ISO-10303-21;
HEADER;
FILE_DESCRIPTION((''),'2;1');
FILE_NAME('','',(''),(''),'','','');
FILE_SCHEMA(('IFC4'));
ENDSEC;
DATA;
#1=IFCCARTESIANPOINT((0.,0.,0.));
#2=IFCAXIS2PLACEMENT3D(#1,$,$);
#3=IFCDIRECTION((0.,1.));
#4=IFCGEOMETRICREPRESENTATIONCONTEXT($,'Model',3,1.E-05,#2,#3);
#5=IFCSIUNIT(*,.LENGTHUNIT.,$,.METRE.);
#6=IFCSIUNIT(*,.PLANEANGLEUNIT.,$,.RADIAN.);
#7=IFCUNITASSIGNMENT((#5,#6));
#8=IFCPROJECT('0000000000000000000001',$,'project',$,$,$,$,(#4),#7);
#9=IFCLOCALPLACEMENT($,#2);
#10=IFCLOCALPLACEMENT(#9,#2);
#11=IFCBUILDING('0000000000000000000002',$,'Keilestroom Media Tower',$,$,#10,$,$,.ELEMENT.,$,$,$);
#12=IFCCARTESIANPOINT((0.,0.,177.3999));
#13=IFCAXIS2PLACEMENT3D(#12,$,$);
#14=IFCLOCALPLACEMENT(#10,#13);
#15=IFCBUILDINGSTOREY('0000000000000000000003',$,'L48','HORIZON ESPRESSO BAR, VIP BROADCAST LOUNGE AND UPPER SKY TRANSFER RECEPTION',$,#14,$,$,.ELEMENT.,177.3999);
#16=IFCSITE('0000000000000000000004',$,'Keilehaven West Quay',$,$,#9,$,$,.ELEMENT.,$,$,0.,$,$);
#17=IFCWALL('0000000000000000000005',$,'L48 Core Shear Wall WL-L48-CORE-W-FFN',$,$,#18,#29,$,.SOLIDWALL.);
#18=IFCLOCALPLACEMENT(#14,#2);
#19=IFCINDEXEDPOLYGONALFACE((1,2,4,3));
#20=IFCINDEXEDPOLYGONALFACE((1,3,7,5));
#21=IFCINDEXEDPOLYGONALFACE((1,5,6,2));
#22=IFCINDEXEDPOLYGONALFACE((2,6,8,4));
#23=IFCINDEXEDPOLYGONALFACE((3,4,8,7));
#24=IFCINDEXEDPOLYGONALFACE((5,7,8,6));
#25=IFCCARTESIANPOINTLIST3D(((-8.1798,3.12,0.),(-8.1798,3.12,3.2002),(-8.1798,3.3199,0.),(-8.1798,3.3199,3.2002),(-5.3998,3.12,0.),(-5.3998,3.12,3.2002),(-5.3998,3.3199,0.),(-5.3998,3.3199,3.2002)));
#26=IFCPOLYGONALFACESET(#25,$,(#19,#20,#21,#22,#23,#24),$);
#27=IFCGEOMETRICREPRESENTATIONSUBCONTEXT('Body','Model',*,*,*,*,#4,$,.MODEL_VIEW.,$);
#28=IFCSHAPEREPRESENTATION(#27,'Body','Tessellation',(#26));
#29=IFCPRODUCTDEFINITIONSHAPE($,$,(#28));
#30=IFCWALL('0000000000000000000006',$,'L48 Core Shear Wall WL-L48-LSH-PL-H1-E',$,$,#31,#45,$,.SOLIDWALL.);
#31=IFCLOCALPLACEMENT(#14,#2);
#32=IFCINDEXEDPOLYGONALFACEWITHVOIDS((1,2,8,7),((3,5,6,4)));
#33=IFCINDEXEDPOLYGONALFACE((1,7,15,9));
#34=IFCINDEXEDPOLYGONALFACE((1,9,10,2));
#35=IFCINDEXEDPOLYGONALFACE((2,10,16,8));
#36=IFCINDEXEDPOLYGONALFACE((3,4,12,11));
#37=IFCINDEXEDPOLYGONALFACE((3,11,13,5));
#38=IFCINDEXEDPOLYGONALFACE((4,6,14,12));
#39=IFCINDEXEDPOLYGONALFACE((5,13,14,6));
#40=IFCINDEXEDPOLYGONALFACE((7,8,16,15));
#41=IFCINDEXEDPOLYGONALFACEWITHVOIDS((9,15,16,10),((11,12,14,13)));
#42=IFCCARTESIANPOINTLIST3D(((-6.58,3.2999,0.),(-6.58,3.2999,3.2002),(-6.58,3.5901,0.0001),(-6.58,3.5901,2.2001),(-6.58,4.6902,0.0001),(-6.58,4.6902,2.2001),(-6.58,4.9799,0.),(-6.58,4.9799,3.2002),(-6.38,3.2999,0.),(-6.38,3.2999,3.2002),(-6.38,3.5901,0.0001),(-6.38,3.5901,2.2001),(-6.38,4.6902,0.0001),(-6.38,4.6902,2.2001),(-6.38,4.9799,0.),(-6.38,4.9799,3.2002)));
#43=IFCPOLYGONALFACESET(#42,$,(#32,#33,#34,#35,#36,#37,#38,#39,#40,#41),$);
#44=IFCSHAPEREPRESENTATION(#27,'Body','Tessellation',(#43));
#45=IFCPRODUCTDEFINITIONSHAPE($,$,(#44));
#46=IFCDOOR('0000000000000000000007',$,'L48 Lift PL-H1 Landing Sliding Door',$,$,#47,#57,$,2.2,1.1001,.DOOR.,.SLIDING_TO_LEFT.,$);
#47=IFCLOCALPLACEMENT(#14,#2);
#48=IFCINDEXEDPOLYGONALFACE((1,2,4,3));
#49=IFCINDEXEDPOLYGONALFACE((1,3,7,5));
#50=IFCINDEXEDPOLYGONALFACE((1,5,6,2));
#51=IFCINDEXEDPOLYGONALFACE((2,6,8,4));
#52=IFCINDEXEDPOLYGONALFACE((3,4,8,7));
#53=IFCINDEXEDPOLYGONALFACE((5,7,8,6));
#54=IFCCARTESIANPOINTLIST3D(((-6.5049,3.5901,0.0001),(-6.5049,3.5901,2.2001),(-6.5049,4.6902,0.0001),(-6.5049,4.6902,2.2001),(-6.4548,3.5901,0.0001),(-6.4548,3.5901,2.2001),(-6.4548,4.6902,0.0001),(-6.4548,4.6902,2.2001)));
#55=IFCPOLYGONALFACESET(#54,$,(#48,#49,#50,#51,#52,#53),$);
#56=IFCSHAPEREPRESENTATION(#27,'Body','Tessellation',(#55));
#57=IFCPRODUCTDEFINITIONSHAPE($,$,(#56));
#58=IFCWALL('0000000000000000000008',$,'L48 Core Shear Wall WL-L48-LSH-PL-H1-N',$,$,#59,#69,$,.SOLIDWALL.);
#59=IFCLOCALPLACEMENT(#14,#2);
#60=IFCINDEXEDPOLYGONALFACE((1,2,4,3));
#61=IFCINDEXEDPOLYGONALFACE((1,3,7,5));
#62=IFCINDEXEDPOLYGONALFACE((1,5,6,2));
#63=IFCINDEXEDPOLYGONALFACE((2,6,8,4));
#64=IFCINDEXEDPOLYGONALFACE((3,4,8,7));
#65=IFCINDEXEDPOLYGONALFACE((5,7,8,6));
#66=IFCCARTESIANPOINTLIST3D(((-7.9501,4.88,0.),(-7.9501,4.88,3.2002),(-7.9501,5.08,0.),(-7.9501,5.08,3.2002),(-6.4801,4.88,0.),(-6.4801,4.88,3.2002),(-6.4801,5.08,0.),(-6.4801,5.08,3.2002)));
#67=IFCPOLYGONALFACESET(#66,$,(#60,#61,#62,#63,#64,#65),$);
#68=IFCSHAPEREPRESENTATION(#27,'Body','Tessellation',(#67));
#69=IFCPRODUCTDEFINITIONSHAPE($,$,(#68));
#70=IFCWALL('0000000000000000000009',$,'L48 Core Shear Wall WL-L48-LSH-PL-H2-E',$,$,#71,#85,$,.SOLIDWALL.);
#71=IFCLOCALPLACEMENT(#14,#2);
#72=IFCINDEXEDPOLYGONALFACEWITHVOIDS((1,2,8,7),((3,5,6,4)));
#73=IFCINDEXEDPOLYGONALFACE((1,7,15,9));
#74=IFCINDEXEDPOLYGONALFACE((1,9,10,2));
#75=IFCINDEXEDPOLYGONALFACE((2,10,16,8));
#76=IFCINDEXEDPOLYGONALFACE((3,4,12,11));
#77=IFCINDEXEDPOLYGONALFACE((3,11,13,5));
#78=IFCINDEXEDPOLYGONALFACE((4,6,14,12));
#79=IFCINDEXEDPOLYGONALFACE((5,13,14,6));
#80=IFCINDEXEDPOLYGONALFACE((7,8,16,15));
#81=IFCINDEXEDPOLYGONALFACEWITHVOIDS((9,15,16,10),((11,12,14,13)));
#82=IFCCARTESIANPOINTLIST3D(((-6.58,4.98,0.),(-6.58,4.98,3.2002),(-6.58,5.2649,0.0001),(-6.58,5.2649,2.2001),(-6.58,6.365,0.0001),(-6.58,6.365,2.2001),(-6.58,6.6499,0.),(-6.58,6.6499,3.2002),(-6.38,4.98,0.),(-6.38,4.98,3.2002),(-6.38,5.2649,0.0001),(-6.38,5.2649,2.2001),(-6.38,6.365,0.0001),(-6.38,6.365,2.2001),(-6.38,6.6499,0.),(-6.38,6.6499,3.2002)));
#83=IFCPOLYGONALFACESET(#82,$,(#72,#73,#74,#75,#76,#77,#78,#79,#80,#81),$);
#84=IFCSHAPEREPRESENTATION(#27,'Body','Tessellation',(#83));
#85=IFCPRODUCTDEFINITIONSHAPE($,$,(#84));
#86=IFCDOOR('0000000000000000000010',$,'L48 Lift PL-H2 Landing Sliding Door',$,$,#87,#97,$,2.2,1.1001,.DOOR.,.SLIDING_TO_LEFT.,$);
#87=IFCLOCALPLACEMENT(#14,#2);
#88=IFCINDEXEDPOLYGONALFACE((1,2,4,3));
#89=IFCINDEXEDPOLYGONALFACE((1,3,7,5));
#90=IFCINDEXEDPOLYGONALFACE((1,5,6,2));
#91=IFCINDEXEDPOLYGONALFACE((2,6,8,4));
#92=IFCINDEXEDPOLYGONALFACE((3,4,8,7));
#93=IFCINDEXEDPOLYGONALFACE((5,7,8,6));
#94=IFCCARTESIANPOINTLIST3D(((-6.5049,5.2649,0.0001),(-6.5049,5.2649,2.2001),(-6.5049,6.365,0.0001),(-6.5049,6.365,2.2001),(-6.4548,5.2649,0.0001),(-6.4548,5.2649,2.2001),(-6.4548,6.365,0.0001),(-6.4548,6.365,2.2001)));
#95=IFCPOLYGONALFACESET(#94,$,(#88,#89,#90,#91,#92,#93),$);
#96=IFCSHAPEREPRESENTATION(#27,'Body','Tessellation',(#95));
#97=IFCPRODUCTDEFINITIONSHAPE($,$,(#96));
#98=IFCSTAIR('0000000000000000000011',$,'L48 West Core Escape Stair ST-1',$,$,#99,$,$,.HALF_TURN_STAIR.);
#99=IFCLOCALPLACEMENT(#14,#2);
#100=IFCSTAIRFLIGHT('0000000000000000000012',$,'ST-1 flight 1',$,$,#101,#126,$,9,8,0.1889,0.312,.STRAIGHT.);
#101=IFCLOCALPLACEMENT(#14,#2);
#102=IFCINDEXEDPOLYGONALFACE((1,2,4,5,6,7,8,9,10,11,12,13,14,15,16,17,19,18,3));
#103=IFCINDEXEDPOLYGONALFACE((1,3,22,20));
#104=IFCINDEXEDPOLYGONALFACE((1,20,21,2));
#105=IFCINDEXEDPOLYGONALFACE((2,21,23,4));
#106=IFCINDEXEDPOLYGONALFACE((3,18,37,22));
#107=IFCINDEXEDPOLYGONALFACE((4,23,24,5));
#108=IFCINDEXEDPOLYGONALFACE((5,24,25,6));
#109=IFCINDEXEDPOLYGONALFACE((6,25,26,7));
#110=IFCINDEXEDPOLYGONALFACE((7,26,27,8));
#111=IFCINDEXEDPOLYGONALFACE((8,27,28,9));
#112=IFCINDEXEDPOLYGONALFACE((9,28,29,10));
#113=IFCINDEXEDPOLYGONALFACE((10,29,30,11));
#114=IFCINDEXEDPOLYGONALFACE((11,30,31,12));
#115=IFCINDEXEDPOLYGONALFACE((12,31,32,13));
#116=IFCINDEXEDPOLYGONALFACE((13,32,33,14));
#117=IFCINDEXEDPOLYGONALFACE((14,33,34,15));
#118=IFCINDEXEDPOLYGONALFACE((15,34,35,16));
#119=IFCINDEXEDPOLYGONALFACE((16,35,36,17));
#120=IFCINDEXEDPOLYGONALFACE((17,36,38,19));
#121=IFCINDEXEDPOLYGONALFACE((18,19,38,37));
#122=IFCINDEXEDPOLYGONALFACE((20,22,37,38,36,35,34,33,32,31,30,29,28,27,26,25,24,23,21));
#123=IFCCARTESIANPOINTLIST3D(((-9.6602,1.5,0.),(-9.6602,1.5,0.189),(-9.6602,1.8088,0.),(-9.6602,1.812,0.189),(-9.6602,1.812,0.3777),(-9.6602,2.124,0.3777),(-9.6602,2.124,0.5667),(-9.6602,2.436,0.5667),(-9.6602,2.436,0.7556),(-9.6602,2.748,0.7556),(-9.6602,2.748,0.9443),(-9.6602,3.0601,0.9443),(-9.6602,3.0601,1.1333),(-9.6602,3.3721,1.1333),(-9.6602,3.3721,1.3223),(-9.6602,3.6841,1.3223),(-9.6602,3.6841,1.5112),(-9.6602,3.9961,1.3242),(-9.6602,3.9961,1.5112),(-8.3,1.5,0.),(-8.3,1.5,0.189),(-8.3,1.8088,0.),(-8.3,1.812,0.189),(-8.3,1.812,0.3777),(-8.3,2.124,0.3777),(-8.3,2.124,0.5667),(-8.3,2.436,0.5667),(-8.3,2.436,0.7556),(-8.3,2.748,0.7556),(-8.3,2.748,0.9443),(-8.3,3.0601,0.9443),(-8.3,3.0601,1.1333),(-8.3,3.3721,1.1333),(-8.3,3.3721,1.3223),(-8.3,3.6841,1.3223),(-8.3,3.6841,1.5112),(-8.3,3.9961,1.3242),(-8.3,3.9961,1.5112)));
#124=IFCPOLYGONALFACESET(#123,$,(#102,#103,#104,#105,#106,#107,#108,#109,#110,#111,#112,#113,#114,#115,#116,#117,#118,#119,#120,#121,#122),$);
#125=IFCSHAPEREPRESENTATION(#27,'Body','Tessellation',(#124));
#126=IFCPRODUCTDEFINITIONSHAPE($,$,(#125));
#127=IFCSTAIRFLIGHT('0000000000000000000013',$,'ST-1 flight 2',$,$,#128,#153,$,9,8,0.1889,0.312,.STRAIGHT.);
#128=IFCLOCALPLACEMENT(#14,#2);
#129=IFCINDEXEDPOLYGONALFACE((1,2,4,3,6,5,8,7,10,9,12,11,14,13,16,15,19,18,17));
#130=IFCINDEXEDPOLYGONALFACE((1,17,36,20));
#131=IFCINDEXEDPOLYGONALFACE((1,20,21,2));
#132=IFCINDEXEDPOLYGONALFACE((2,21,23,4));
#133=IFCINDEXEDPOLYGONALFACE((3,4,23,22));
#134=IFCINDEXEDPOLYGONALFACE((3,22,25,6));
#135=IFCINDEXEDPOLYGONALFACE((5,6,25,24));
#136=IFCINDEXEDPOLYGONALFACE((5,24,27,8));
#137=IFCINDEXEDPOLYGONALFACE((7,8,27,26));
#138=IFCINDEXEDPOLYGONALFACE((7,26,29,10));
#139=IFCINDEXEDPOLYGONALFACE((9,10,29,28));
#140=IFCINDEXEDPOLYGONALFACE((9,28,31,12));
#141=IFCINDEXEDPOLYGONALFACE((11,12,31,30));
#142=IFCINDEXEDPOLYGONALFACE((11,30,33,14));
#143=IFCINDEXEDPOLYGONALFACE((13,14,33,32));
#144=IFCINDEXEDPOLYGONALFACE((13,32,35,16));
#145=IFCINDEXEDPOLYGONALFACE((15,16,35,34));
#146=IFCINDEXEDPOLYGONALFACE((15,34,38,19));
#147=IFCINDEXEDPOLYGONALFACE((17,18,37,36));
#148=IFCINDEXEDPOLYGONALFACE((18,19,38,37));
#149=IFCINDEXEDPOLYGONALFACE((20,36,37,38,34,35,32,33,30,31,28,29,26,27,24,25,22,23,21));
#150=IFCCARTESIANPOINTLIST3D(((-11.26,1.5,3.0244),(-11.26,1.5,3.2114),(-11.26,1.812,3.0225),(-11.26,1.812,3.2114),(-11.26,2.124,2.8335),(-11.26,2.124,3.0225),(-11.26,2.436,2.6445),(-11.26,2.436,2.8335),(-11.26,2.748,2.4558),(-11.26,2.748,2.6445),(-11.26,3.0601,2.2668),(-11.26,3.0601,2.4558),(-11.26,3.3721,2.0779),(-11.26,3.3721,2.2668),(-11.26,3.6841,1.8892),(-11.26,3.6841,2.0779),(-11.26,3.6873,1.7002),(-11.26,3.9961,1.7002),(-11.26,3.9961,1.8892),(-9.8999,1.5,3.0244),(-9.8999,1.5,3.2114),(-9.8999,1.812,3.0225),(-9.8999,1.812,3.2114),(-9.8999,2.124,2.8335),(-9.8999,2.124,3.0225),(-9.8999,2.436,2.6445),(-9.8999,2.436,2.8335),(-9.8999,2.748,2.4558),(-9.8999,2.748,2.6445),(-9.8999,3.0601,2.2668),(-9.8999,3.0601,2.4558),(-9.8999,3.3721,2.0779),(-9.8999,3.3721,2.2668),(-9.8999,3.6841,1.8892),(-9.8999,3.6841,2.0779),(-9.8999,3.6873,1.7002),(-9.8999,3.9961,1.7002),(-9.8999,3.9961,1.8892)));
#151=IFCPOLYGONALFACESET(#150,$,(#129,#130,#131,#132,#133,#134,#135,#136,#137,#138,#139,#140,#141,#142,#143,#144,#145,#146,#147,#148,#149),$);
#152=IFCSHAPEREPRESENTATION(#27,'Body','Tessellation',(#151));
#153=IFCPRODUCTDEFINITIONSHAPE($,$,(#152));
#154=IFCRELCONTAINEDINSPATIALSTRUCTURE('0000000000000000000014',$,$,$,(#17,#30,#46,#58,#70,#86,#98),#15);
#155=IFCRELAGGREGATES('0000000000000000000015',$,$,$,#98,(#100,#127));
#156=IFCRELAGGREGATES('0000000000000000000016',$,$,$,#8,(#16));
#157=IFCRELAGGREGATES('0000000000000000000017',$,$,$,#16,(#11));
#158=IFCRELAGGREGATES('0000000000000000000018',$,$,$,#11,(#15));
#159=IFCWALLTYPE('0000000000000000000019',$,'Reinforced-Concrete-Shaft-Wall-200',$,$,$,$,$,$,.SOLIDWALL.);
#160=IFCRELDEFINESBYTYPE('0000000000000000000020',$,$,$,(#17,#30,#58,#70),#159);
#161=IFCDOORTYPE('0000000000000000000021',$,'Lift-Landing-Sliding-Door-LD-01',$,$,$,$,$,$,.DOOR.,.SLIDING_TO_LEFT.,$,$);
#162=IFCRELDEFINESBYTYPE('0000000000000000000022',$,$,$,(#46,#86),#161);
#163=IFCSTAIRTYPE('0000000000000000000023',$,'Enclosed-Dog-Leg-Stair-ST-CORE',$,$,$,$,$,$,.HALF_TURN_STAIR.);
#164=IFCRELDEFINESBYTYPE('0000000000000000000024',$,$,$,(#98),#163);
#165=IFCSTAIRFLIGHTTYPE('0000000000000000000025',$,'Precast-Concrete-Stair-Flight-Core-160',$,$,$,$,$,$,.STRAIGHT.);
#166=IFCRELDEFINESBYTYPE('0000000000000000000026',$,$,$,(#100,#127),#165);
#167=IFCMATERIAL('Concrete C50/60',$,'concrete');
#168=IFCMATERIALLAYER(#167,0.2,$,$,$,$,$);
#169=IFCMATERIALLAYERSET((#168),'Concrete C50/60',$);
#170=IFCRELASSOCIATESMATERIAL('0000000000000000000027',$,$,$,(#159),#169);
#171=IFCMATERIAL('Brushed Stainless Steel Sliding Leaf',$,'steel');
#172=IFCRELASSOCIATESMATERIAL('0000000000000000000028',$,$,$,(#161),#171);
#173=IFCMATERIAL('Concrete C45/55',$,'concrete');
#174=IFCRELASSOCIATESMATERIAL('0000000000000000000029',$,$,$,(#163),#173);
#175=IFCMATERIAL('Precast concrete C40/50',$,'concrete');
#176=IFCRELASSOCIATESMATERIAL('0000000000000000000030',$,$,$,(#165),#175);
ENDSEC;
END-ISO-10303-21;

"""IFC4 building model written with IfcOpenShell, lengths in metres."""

from ifc_helpers import new_model, si_unit, direction, frame, frame_2d, origin, place, context, subcontext, project, spatial, polyline, rectangle, outline, extrude, source, transform, mapped, material, layer, layer_set, type_object, element, fill, aggregate, save


model = new_model("IFC4")

# Units and contexts
model_context = context("Model", 3, precision=1e-05, world=origin(), true_north=direction((0.0, 1.0)))
body_context = subcontext(model_context, "Body", "Model", "MODEL_VIEW")
ifc_project = project(units=[si_unit("LENGTHUNIT", "METRE"), si_unit("PLANEANGLEUNIT", "RADIAN")], contexts=[model_context])

# Site, building, storey
site_placement = place(None, origin())
site = spatial("IfcSite", under=ifc_project, at=site_placement, Name="Keilehaven West Quay", CompositionType="ELEMENT", RefElevation=0.0)
building_placement = place(site_placement, origin())
building = spatial("IfcBuilding", under=site, at=building_placement, Name="Keilestroom Media Tower", CompositionType="ELEMENT")
storey_placement = place(building_placement, frame((0.0, 0.0, 177.3999)))
storey = spatial("IfcBuildingStorey", under=building, at=storey_placement, Name="L48", Description="HORIZON ESPRESSO BAR, VIP BROADCAST LOUNGE AND UPPER SKY TRANSFER RECEPTION", CompositionType="ELEMENT", Elevation=177.3999)

# Shared definitions
ifc_material_1 = material(Name="Concrete C50/60", Category="concrete")
ifc_material_2 = material(Name="Concrete C45/55", Category="concrete")

# Wall
ifc_layer_1 = layer(ifc_material_1, 0.2)
ifc_layer_set_1 = layer_set([ifc_layer_1], Name="Concrete C50/60")
wall_type_1 = type_object("IfcWallType", Name="Reinforced-Concrete-Shaft-Wall-200", PredefinedType="SOLIDWALL", material=ifc_layer_set_1)
wall_1_placement = place(storey_placement, frame((-8.1799, 3.22, 0.0), z_axis=(0.0, 0.0, 1.0), x_axis=(1.0, 0.0, 0.0)))
element("IfcWall", 1, at=wall_1_placement, inside=storey, type_object=wall_type_1, Name="L48 Core Shear Wall WL-L48-CORE-W-FFN", PredefinedType="SOLIDWALL", context=body_context, shape_type="SweptSolid", body=[
    extrude(rectangle(XDim=2.78, YDim=0.2, at=frame_2d((1.3901, 0.0))), origin(), (0.0, 0.0, 1.0), 3.2002),
])

# Wall, opening, door
wall_2_placement = place(storey_placement, frame((-6.48, 3.3, 0.0), z_axis=(0.0, 0.0, 1.0), x_axis=(0.0, 1.0, 0.0)))
wall_2 = element("IfcWall", 2, at=wall_2_placement, inside=storey, type_object=wall_type_1, Name="L48 Core Shear Wall WL-L48-LSH-PL-H1-E", PredefinedType="SOLIDWALL", context=body_context, shape_type="SweptSolid", body=[
    extrude(rectangle(XDim=1.6799, YDim=0.2, at=frame_2d((0.8398, 0.0))), origin(), (0.0, 0.0, 1.0), 3.2002),
])
opening_1_placement = place(wall_2_placement, frame((0.29, 0.0, 0.0)))
opening_1 = element("IfcOpeningElement", 3, at=opening_1_placement, cuts=wall_2, PredefinedType="OPENING", context=body_context, shape_type="SweptSolid", body=[
    extrude(rectangle(XDim=1.1001, YDim=2.2, at=frame_2d((0.55, 1.1001))), frame((0.0, 0.1099, 0.0), z_axis=(0.0, -1.0, 0.0), x_axis=(1.0, 0.0, 0.0)), (0.0, 0.0, 1.0), 0.22),
])
ifc_material_3 = material(Name="Brushed Stainless Steel Sliding Leaf", Category="steel")
door_type = type_object("IfcDoorType", Name="Lift-Landing-Sliding-Door-LD-01", OperationType="SLIDING_TO_LEFT", PredefinedType="DOOR", material=ifc_material_3)
shared_shape_1 = source(origin(), body_context, "Body", "SweptSolid", [
    extrude(rectangle(XDim=1.1001, YDim=2.2, at=frame_2d((0.55, 1.1001))), frame((0.0, 0.0249, 0.0), z_axis=(0.0, -1.0, 0.0), x_axis=(1.0, 0.0, 0.0)), (0.0, 0.0, 1.0), 0.05),
])
door_1_placement = place(opening_1_placement, origin())
door_1 = element("IfcDoor", 4, at=door_1_placement, inside=storey, type_object=door_type, Name="L48 Lift PL-H1 Landing Sliding Door", OperationType="SLIDING_TO_LEFT", OverallHeight=2.2, OverallWidth=1.1001, PredefinedType="DOOR", context=body_context, shape_type="MappedRepresentation", body=[
    mapped(shared_shape_1, transform((0.0, 0.0, 0.0), x_axis=(1.0, 0.0, 0.0), y_axis=(0.0, 1.0, 0.0), z_axis=(0.0, 0.0, 1.0), scale=1.0)),
])
fill(opening_1, door_1)

# Wall
wall_3_placement = place(storey_placement, frame((-7.95, 4.98, 0.0), z_axis=(0.0, 0.0, 1.0), x_axis=(1.0, 0.0, 0.0)))
element("IfcWall", 5, at=wall_3_placement, inside=storey, type_object=wall_type_1, Name="L48 Core Shear Wall WL-L48-LSH-PL-H1-N", PredefinedType="SOLIDWALL", context=body_context, shape_type="SweptSolid", body=[
    extrude(rectangle(XDim=1.47, YDim=0.2, at=frame_2d((0.7349, 0.0))), origin(), (0.0, 0.0, 1.0), 3.2002),
])

# Wall, opening, door
wall_4_placement = place(storey_placement, frame((-6.48, 4.98, 0.0), z_axis=(0.0, 0.0, 1.0), x_axis=(0.0, 1.0, 0.0)))
wall_4 = element("IfcWall", 6, at=wall_4_placement, inside=storey, type_object=wall_type_1, Name="L48 Core Shear Wall WL-L48-LSH-PL-H2-E", PredefinedType="SOLIDWALL", context=body_context, shape_type="SweptSolid", body=[
    extrude(rectangle(XDim=1.6699, YDim=0.2, at=frame_2d((0.835, 0.0))), origin(), (0.0, 0.0, 1.0), 3.2002),
])
opening_2_placement = place(wall_4_placement, frame((0.2849, 0.0, 0.0)))
opening_2 = element("IfcOpeningElement", 7, at=opening_2_placement, cuts=wall_4, PredefinedType="OPENING", context=body_context, shape_type="SweptSolid", body=[
    extrude(rectangle(XDim=1.1001, YDim=2.2, at=frame_2d((0.55, 1.1001))), frame((0.0, 0.1099, 0.0), z_axis=(0.0, -1.0, 0.0), x_axis=(1.0, 0.0, 0.0)), (0.0, 0.0, 1.0), 0.22),
])
door_2_placement = place(opening_2_placement, origin())
door_2 = element("IfcDoor", 8, at=door_2_placement, inside=storey, type_object=door_type, Name="L48 Lift PL-H2 Landing Sliding Door", OperationType="SLIDING_TO_LEFT", OverallHeight=2.2, OverallWidth=1.1001, PredefinedType="DOOR", context=body_context, shape_type="MappedRepresentation", body=[
    mapped(shared_shape_1, transform((0.0, 0.0, 0.0), x_axis=(1.0, 0.0, 0.0), y_axis=(0.0, 1.0, 0.0), z_axis=(0.0, 0.0, 1.0), scale=1.0)),
])
fill(opening_2, door_2)

# Stair, stair flights
stair_type = type_object("IfcStairType", Name="Enclosed-Dog-Leg-Stair-ST-CORE", PredefinedType="HALF_TURN_STAIR", material=ifc_material_2)
stair_placement = place(storey_placement, origin())
stair = element("IfcStair", 9, at=stair_placement, inside=storey, type_object=stair_type, Name="L48 West Core Escape Stair ST-1", PredefinedType="HALF_TURN_STAIR")
ifc_material_4 = material(Name="Precast concrete C40/50", Category="concrete")
stair_flight_type = type_object("IfcStairFlightType", Name="Precast-Concrete-Stair-Flight-Core-160", PredefinedType="STRAIGHT", material=ifc_material_4)
stair_flight_1_placement = place(storey_placement, frame((-8.98, 1.5, 0.0), z_axis=(0.0, 0.0, 1.0), x_axis=(0.0, 1.0, 0.0)))
stair_flight_1 = element("IfcStairFlight", 10, at=stair_flight_1_placement, type_object=stair_flight_type, Name="ST-1 flight 1", NumberOfRisers=9, NumberOfTreads=8, PredefinedType="STRAIGHT", RiserHeight=0.1889, TreadLength=0.312, context=body_context, shape_type="SweptSolid", body=[
    extrude(outline(polyline([(0.0, 0.0), (0.0, 0.189), (0.312, 0.189), (0.312, 0.3777), (0.624, 0.3777), (0.624, 0.5667), (0.936, 0.5667), (0.936, 0.7556), (1.248, 0.7556), (1.248, 0.9443), (1.5601, 0.9443), (1.5601, 1.1333), (1.8721, 1.1333), (1.8721, 1.3223), (2.1841, 1.3223), (2.1841, 1.5112), (2.4961, 1.5112), (2.4961, 1.7), (2.4961, 1.3242), (0.3088, 0.0), (0.0, 0.0)])), frame((0.0, 0.6802, 0.0), z_axis=(0.0, -1.0, 0.0), x_axis=(1.0, 0.0, 0.0)), (0.0, 0.0, 1.0), 1.3601),
])
stair_flight_2_placement = place(storey_placement, frame((-10.5801, 3.9961, 1.7002), z_axis=(0.0, 0.0, 1.0), x_axis=(0.0, -1.0, 0.0)))
stair_flight_2 = element("IfcStairFlight", 11, at=stair_flight_2_placement, type_object=stair_flight_type, Name="ST-1 flight 2", NumberOfRisers=9, NumberOfTreads=8, PredefinedType="STRAIGHT", RiserHeight=0.1889, TreadLength=0.312, context=body_context, shape_type="SweptSolid", body=[
    extrude(outline(polyline([(0.0, 0.0), (0.0, 0.189), (0.312, 0.189), (0.312, 0.3777), (0.624, 0.3777), (0.624, 0.5667), (0.936, 0.5667), (0.936, 0.7556), (1.248, 0.7556), (1.248, 0.9443), (1.5601, 0.9443), (1.5601, 1.1333), (1.8721, 1.1333), (1.8721, 1.3223), (2.1841, 1.3223), (2.1841, 1.5112), (2.4961, 1.5112), (2.4961, 1.7), (2.4961, 1.3242), (0.3088, 0.0), (0.0, 0.0)])), frame((0.0, 0.6802, 0.0), z_axis=(0.0, -1.0, 0.0), x_axis=(1.0, 0.0, 0.0)), (0.0, 0.0, 1.0), 1.3601),
])
aggregate(stair, [stair_flight_1, stair_flight_2])

save(model, "model.ifc")
